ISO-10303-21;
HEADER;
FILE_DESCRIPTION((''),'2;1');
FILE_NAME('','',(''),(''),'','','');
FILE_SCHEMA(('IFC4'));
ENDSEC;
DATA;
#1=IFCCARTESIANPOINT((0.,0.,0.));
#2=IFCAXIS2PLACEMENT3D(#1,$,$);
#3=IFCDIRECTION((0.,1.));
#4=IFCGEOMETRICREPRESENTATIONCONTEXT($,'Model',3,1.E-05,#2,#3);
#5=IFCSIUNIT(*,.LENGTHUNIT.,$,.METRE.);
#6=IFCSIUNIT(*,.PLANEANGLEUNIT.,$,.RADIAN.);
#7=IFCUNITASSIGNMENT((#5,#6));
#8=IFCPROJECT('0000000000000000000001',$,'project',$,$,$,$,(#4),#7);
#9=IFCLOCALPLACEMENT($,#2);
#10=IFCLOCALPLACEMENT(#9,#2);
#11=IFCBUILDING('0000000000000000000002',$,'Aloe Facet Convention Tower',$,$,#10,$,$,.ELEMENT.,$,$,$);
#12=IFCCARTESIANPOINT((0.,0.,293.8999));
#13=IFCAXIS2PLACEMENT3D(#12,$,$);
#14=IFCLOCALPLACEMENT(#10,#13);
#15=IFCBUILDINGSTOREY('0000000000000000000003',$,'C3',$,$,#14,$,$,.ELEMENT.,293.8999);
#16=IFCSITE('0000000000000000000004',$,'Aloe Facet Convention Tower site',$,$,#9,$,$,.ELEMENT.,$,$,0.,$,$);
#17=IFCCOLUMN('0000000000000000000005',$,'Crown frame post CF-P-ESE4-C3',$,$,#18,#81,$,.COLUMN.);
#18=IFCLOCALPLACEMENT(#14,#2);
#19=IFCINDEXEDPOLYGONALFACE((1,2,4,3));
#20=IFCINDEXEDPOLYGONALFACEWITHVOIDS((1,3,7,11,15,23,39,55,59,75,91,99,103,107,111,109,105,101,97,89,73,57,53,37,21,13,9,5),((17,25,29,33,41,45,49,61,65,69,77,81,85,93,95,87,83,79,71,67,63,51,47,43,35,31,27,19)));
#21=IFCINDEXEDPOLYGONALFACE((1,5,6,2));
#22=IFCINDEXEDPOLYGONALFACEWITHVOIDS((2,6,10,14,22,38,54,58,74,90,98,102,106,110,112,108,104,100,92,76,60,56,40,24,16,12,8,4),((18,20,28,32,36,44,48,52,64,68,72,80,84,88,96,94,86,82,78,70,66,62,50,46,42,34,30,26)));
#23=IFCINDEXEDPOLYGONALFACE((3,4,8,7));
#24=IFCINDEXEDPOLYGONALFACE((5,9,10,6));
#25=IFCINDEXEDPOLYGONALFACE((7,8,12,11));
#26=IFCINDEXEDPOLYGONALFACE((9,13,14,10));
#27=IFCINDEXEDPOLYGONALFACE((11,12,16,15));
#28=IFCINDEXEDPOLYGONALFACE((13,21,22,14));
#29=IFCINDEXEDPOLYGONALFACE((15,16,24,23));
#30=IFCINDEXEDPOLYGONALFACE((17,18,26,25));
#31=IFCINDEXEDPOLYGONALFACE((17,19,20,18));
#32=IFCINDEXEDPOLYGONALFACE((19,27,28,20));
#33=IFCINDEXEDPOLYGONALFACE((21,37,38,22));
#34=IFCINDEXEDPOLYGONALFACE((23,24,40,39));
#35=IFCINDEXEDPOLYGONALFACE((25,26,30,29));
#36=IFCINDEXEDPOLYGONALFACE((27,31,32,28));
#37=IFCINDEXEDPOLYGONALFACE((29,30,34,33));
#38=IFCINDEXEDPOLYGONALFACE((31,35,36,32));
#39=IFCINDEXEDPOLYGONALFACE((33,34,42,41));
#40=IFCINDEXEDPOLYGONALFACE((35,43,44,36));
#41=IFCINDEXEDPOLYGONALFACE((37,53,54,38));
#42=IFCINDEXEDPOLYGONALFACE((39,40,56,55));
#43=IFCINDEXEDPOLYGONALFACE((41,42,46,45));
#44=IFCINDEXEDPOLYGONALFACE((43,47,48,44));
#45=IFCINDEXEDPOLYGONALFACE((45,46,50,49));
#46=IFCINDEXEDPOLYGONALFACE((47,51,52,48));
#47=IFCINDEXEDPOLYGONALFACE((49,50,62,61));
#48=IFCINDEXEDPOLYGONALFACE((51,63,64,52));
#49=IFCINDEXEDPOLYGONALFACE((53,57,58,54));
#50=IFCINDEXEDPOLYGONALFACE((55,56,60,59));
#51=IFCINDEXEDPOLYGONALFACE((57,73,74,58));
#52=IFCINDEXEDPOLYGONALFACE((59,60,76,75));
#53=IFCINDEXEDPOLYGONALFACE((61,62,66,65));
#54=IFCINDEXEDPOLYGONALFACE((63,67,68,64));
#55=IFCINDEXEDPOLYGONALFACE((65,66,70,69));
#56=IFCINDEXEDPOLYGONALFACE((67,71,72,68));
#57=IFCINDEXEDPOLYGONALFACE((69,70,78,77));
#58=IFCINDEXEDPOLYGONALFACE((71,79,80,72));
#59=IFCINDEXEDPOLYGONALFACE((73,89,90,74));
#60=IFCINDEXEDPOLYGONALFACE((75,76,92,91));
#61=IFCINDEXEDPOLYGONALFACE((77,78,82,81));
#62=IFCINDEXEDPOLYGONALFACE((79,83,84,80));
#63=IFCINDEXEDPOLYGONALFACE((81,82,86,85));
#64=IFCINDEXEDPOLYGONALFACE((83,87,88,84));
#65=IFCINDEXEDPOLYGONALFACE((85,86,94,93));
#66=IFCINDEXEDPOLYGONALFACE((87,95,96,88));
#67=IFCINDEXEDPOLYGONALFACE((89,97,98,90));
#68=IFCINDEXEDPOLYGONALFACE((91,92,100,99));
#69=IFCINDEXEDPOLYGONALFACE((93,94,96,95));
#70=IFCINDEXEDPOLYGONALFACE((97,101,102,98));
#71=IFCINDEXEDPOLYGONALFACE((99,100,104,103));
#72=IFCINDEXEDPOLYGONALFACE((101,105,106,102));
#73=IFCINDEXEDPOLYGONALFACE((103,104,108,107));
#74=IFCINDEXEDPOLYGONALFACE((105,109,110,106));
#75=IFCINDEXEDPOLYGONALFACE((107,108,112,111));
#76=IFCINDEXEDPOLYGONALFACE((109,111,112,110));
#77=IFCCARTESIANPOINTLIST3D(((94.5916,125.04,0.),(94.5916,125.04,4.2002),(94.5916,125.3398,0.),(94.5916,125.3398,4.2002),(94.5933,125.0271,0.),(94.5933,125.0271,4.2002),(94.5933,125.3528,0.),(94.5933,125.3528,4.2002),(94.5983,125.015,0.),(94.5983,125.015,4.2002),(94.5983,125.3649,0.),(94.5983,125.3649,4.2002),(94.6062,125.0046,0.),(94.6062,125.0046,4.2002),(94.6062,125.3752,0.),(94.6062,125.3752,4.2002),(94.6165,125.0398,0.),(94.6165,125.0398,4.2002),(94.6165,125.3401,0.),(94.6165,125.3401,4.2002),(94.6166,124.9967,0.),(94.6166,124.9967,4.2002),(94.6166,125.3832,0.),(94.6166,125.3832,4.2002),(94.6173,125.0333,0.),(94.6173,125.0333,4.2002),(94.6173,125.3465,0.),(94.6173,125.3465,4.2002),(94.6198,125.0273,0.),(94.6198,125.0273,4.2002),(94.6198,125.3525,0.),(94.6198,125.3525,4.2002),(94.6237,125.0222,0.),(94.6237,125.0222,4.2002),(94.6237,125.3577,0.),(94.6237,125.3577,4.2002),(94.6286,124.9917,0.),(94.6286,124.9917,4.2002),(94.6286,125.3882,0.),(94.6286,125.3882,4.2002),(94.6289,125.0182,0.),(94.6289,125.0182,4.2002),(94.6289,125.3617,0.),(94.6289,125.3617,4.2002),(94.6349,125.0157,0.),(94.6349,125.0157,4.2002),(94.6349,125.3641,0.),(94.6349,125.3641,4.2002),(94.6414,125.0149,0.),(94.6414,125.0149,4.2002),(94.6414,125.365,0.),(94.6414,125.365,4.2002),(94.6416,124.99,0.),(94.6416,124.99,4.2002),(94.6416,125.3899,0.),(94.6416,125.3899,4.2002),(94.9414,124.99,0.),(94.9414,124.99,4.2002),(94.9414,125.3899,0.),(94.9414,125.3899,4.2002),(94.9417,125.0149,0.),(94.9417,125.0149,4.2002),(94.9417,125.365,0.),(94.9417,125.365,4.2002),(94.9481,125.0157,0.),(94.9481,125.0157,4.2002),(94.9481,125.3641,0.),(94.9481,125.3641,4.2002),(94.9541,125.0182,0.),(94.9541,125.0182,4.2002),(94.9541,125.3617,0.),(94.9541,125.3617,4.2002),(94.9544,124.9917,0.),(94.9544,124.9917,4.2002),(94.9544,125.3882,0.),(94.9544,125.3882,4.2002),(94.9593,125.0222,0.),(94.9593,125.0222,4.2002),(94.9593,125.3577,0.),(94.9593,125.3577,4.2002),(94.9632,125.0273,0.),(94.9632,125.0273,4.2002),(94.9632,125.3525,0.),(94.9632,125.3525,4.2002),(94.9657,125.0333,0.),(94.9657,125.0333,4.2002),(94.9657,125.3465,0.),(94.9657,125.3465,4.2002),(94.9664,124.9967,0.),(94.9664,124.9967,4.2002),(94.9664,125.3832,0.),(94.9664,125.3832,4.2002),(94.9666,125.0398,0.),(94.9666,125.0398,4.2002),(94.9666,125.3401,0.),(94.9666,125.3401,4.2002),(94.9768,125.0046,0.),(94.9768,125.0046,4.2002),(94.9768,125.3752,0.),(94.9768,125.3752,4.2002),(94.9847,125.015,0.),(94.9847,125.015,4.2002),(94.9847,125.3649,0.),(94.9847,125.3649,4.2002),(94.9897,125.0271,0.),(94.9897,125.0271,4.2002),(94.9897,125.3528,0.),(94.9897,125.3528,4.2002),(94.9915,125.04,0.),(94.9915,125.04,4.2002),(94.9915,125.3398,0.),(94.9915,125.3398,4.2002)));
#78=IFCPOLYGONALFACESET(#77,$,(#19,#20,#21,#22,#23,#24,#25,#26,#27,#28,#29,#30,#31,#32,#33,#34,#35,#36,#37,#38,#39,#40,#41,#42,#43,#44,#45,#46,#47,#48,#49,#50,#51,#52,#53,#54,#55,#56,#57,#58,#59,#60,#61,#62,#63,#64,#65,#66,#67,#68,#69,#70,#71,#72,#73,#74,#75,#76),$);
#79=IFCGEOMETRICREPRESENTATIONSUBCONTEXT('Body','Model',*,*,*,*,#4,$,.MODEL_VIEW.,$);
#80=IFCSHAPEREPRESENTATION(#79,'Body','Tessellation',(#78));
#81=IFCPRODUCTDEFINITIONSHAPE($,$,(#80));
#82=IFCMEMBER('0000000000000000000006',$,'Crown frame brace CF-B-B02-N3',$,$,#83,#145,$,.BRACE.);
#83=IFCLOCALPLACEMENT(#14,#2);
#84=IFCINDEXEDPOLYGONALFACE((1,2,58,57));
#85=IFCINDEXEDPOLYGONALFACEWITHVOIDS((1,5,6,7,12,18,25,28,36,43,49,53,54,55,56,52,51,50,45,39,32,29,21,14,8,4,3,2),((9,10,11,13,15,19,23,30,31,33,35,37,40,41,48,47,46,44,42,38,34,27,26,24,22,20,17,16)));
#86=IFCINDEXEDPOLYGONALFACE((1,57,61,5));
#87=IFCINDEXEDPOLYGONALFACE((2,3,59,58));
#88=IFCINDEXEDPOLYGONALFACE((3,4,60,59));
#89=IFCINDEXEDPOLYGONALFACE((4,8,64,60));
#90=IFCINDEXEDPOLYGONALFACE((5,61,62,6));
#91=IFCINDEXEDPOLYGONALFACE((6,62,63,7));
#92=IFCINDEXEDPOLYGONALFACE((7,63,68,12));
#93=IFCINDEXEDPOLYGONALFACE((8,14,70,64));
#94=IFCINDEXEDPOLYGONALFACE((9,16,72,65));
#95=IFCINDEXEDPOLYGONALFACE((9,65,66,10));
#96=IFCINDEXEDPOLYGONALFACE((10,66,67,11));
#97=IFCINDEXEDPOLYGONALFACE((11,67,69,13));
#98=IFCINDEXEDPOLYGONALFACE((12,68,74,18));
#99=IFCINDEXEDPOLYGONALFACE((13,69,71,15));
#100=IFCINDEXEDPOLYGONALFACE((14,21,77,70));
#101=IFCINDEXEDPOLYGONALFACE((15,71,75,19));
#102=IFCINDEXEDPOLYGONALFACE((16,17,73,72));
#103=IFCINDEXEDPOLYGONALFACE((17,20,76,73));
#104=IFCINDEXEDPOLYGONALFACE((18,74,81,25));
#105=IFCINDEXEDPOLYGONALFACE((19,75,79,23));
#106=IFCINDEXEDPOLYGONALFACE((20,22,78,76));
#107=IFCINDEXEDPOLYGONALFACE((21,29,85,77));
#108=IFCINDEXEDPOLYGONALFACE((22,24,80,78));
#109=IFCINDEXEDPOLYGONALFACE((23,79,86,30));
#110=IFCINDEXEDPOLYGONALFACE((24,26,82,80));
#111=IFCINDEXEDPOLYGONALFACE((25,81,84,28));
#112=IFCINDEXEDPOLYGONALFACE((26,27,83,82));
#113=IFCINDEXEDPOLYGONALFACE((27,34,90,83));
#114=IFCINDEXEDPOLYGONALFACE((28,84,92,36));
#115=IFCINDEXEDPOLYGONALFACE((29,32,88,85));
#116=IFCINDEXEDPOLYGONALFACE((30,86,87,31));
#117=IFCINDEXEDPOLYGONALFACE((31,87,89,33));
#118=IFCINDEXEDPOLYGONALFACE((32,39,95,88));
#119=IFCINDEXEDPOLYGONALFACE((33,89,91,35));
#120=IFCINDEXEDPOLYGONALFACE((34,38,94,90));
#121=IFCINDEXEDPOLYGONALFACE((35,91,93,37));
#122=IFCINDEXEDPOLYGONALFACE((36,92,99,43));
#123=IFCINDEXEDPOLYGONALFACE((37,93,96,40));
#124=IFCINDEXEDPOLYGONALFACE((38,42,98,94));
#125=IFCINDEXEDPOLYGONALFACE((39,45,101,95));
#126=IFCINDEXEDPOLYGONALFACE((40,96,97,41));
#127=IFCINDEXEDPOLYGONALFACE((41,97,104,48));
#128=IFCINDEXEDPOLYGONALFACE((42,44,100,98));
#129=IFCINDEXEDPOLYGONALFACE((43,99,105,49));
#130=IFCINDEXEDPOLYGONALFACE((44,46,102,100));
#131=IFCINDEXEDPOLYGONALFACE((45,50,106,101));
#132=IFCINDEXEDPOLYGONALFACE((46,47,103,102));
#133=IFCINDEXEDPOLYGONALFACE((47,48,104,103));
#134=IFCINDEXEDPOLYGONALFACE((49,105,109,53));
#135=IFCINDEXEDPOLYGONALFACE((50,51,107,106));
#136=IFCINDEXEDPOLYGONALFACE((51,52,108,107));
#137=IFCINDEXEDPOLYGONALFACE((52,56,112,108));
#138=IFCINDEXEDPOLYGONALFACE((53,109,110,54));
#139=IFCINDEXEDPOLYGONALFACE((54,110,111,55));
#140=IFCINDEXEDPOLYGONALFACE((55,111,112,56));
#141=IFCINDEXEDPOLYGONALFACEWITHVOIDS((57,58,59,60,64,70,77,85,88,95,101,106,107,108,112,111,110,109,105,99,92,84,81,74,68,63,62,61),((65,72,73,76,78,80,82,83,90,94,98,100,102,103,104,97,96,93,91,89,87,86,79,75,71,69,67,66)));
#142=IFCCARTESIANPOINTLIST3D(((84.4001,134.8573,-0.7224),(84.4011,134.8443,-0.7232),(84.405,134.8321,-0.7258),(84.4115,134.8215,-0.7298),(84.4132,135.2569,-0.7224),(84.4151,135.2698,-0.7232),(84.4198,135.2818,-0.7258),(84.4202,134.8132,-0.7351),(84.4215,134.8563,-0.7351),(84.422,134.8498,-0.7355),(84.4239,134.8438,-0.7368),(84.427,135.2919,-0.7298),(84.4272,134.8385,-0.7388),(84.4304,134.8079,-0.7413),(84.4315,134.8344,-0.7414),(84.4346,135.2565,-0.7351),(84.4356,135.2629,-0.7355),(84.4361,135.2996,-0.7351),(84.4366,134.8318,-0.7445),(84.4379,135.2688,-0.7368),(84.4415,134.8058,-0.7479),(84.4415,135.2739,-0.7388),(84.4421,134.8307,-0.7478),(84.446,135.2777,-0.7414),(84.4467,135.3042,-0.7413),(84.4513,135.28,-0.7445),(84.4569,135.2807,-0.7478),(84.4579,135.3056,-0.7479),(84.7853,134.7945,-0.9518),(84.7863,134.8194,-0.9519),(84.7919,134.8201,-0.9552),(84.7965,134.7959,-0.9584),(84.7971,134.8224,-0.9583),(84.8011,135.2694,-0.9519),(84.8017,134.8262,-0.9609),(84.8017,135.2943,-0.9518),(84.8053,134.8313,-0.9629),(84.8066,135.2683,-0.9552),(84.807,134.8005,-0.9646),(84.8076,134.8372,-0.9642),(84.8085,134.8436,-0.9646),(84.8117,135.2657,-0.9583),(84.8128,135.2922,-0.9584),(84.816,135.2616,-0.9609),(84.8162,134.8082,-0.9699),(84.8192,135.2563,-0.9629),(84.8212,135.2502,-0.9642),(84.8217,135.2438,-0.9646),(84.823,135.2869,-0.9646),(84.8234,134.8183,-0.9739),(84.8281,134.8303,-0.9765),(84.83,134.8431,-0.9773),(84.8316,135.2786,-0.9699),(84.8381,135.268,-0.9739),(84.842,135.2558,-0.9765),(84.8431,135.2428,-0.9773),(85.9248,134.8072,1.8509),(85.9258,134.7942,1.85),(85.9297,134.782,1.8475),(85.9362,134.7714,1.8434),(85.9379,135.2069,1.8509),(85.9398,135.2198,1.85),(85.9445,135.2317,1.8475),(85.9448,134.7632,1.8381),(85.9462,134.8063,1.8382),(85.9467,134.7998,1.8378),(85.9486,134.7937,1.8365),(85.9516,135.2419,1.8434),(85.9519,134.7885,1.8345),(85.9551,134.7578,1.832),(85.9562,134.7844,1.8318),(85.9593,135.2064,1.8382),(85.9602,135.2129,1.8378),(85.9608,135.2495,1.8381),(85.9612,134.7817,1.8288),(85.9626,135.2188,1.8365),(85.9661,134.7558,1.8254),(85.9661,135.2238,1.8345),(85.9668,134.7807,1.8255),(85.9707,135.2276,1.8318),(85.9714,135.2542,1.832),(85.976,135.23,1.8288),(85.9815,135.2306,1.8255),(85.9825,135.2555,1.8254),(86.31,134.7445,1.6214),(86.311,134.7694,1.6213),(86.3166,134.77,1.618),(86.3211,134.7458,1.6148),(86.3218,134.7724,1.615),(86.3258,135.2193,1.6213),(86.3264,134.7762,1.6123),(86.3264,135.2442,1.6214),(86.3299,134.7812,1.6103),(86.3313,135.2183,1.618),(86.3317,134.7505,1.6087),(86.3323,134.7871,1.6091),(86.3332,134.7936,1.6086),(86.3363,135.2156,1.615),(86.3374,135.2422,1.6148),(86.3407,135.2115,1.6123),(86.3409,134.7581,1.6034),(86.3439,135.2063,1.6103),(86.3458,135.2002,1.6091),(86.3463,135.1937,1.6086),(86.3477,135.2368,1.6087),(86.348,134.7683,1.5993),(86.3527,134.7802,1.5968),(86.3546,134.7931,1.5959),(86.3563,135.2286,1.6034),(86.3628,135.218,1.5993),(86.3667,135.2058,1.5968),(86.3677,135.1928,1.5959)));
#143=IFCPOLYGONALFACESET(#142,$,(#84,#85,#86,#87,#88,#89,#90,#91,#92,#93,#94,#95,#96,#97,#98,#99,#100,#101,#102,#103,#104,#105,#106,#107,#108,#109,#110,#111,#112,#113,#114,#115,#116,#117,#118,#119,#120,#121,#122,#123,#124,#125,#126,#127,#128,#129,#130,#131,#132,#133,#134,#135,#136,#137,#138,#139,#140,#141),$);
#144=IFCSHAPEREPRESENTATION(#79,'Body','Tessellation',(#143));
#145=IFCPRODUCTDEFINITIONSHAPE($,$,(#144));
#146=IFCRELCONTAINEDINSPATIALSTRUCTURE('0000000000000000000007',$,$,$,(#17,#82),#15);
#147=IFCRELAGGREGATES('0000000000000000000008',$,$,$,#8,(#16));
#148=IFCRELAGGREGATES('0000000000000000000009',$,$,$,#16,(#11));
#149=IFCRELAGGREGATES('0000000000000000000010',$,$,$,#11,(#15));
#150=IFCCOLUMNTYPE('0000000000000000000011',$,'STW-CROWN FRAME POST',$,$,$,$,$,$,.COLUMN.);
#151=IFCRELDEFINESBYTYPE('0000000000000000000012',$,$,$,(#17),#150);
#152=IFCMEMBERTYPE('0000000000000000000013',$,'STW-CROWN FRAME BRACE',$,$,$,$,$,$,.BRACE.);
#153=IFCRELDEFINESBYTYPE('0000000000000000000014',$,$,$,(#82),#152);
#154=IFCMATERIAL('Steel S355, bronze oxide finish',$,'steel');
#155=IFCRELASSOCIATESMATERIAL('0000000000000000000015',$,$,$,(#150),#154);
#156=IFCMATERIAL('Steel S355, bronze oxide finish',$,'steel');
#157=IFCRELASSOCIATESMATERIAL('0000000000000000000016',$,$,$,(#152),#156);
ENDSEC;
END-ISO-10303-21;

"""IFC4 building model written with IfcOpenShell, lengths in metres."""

from ifc_helpers import new_model, si_unit, direction, frame, origin, origin_2d, place, context, subcontext, project, spatial, hollow_rectangle, extrude, material, material_profile, profile_set, type_object, element, save


model = new_model("IFC4")

# Units and contexts
model_context = context("Model", 3, precision=1e-05, world=origin(), true_north=direction((0.0, 1.0)))
body_context = subcontext(model_context, "Body", "Model", "MODEL_VIEW")
ifc_project = project(units=[si_unit("LENGTHUNIT", "METRE"), si_unit("PLANEANGLEUNIT", "RADIAN")], contexts=[model_context])

# Site, building, storey
site_placement = place(None, origin())
site = spatial("IfcSite", under=ifc_project, at=site_placement, Name="Aloe Facet Convention Tower site", CompositionType="ELEMENT", RefElevation=0.0)
building_placement = place(site_placement, origin())
building = spatial("IfcBuilding", under=site, at=building_placement, Name="Aloe Facet Convention Tower", CompositionType="ELEMENT")
storey_placement = place(building_placement, frame((0.0, 0.0, 293.8999)))
storey = spatial("IfcBuildingStorey", under=building, at=storey_placement, Name="C3", CompositionType="ELEMENT", Elevation=293.8999)

# Column
ifc_material_1 = material(Name="Steel S355, bronze oxide finish", Category="steel")
ifc_material_profile_1 = material_profile(ifc_material_1, hollow_rectangle(XDim=0.3999, YDim=0.3999, WallThickness=0.0249, InnerFilletRadius=0.0249, OuterFilletRadius=0.05, at=origin_2d()), Name="SHS 400x400x25")
ifc_profile_set_1 = profile_set([ifc_material_profile_1], Name="Steel S355, bronze oxide finish")
column_type = type_object("IfcColumnType", Name="STW-CROWN FRAME POST", PredefinedType="COLUMN", material=ifc_profile_set_1)
column_1_placement = place(storey_placement, frame((94.7915, 125.1899, 0.0), z_axis=(0.0, 0.0, 1.0), x_axis=(1.0, 0.0, 0.0)))
element("IfcColumn", 1, at=column_1_placement, inside=storey, type_object=column_type, Name="Crown frame post CF-P-ESE4-C3", PredefinedType="COLUMN", context=body_context, shape_type="SweptSolid", body=[
    extrude(hollow_rectangle(XDim=0.3999, YDim=0.3999, WallThickness=0.0249, InnerFilletRadius=0.0249, OuterFilletRadius=0.05, at=origin_2d()), origin(), (0.0, 0.0, 1.0), 4.2002),
])

# Member
ifc_material_2 = material(Name="Steel S355, bronze oxide finish", Category="steel")
ifc_material_profile_2 = material_profile(ifc_material_2, hollow_rectangle(XDim=0.5, YDim=0.5, WallThickness=0.0249, InnerFilletRadius=0.0249, OuterFilletRadius=0.05, at=origin_2d()), Name="SHS 500x500x25")
ifc_profile_set_2 = profile_set([ifc_material_profile_2], Name="Steel S355, bronze oxide finish")
member_type_1 = type_object("IfcMemberType", Name="STW-CROWN FRAME BRACE", PredefinedType="BRACE", material=ifc_profile_set_2)
member_1_placement = place(storey_placement, frame((84.6216, 135.05, -0.8499), z_axis=(0.509675, -0.016731, 0.860204), x_axis=(0.032809, 0.999462, 0.0)))
element("IfcMember", 2, at=member_1_placement, inside=storey, type_object=member_type_1, Name="Crown frame brace CF-B-B02-N3", PredefinedType="BRACE", context=body_context, shape_type="SweptSolid", body=[
    extrude(hollow_rectangle(XDim=0.5, YDim=0.5, WallThickness=0.0249, InnerFilletRadius=0.0249, OuterFilletRadius=0.05, at=origin_2d()), origin(), (0.0, 0.0, 1.0), 2.9915),
])

save(model, "model.ifc")
